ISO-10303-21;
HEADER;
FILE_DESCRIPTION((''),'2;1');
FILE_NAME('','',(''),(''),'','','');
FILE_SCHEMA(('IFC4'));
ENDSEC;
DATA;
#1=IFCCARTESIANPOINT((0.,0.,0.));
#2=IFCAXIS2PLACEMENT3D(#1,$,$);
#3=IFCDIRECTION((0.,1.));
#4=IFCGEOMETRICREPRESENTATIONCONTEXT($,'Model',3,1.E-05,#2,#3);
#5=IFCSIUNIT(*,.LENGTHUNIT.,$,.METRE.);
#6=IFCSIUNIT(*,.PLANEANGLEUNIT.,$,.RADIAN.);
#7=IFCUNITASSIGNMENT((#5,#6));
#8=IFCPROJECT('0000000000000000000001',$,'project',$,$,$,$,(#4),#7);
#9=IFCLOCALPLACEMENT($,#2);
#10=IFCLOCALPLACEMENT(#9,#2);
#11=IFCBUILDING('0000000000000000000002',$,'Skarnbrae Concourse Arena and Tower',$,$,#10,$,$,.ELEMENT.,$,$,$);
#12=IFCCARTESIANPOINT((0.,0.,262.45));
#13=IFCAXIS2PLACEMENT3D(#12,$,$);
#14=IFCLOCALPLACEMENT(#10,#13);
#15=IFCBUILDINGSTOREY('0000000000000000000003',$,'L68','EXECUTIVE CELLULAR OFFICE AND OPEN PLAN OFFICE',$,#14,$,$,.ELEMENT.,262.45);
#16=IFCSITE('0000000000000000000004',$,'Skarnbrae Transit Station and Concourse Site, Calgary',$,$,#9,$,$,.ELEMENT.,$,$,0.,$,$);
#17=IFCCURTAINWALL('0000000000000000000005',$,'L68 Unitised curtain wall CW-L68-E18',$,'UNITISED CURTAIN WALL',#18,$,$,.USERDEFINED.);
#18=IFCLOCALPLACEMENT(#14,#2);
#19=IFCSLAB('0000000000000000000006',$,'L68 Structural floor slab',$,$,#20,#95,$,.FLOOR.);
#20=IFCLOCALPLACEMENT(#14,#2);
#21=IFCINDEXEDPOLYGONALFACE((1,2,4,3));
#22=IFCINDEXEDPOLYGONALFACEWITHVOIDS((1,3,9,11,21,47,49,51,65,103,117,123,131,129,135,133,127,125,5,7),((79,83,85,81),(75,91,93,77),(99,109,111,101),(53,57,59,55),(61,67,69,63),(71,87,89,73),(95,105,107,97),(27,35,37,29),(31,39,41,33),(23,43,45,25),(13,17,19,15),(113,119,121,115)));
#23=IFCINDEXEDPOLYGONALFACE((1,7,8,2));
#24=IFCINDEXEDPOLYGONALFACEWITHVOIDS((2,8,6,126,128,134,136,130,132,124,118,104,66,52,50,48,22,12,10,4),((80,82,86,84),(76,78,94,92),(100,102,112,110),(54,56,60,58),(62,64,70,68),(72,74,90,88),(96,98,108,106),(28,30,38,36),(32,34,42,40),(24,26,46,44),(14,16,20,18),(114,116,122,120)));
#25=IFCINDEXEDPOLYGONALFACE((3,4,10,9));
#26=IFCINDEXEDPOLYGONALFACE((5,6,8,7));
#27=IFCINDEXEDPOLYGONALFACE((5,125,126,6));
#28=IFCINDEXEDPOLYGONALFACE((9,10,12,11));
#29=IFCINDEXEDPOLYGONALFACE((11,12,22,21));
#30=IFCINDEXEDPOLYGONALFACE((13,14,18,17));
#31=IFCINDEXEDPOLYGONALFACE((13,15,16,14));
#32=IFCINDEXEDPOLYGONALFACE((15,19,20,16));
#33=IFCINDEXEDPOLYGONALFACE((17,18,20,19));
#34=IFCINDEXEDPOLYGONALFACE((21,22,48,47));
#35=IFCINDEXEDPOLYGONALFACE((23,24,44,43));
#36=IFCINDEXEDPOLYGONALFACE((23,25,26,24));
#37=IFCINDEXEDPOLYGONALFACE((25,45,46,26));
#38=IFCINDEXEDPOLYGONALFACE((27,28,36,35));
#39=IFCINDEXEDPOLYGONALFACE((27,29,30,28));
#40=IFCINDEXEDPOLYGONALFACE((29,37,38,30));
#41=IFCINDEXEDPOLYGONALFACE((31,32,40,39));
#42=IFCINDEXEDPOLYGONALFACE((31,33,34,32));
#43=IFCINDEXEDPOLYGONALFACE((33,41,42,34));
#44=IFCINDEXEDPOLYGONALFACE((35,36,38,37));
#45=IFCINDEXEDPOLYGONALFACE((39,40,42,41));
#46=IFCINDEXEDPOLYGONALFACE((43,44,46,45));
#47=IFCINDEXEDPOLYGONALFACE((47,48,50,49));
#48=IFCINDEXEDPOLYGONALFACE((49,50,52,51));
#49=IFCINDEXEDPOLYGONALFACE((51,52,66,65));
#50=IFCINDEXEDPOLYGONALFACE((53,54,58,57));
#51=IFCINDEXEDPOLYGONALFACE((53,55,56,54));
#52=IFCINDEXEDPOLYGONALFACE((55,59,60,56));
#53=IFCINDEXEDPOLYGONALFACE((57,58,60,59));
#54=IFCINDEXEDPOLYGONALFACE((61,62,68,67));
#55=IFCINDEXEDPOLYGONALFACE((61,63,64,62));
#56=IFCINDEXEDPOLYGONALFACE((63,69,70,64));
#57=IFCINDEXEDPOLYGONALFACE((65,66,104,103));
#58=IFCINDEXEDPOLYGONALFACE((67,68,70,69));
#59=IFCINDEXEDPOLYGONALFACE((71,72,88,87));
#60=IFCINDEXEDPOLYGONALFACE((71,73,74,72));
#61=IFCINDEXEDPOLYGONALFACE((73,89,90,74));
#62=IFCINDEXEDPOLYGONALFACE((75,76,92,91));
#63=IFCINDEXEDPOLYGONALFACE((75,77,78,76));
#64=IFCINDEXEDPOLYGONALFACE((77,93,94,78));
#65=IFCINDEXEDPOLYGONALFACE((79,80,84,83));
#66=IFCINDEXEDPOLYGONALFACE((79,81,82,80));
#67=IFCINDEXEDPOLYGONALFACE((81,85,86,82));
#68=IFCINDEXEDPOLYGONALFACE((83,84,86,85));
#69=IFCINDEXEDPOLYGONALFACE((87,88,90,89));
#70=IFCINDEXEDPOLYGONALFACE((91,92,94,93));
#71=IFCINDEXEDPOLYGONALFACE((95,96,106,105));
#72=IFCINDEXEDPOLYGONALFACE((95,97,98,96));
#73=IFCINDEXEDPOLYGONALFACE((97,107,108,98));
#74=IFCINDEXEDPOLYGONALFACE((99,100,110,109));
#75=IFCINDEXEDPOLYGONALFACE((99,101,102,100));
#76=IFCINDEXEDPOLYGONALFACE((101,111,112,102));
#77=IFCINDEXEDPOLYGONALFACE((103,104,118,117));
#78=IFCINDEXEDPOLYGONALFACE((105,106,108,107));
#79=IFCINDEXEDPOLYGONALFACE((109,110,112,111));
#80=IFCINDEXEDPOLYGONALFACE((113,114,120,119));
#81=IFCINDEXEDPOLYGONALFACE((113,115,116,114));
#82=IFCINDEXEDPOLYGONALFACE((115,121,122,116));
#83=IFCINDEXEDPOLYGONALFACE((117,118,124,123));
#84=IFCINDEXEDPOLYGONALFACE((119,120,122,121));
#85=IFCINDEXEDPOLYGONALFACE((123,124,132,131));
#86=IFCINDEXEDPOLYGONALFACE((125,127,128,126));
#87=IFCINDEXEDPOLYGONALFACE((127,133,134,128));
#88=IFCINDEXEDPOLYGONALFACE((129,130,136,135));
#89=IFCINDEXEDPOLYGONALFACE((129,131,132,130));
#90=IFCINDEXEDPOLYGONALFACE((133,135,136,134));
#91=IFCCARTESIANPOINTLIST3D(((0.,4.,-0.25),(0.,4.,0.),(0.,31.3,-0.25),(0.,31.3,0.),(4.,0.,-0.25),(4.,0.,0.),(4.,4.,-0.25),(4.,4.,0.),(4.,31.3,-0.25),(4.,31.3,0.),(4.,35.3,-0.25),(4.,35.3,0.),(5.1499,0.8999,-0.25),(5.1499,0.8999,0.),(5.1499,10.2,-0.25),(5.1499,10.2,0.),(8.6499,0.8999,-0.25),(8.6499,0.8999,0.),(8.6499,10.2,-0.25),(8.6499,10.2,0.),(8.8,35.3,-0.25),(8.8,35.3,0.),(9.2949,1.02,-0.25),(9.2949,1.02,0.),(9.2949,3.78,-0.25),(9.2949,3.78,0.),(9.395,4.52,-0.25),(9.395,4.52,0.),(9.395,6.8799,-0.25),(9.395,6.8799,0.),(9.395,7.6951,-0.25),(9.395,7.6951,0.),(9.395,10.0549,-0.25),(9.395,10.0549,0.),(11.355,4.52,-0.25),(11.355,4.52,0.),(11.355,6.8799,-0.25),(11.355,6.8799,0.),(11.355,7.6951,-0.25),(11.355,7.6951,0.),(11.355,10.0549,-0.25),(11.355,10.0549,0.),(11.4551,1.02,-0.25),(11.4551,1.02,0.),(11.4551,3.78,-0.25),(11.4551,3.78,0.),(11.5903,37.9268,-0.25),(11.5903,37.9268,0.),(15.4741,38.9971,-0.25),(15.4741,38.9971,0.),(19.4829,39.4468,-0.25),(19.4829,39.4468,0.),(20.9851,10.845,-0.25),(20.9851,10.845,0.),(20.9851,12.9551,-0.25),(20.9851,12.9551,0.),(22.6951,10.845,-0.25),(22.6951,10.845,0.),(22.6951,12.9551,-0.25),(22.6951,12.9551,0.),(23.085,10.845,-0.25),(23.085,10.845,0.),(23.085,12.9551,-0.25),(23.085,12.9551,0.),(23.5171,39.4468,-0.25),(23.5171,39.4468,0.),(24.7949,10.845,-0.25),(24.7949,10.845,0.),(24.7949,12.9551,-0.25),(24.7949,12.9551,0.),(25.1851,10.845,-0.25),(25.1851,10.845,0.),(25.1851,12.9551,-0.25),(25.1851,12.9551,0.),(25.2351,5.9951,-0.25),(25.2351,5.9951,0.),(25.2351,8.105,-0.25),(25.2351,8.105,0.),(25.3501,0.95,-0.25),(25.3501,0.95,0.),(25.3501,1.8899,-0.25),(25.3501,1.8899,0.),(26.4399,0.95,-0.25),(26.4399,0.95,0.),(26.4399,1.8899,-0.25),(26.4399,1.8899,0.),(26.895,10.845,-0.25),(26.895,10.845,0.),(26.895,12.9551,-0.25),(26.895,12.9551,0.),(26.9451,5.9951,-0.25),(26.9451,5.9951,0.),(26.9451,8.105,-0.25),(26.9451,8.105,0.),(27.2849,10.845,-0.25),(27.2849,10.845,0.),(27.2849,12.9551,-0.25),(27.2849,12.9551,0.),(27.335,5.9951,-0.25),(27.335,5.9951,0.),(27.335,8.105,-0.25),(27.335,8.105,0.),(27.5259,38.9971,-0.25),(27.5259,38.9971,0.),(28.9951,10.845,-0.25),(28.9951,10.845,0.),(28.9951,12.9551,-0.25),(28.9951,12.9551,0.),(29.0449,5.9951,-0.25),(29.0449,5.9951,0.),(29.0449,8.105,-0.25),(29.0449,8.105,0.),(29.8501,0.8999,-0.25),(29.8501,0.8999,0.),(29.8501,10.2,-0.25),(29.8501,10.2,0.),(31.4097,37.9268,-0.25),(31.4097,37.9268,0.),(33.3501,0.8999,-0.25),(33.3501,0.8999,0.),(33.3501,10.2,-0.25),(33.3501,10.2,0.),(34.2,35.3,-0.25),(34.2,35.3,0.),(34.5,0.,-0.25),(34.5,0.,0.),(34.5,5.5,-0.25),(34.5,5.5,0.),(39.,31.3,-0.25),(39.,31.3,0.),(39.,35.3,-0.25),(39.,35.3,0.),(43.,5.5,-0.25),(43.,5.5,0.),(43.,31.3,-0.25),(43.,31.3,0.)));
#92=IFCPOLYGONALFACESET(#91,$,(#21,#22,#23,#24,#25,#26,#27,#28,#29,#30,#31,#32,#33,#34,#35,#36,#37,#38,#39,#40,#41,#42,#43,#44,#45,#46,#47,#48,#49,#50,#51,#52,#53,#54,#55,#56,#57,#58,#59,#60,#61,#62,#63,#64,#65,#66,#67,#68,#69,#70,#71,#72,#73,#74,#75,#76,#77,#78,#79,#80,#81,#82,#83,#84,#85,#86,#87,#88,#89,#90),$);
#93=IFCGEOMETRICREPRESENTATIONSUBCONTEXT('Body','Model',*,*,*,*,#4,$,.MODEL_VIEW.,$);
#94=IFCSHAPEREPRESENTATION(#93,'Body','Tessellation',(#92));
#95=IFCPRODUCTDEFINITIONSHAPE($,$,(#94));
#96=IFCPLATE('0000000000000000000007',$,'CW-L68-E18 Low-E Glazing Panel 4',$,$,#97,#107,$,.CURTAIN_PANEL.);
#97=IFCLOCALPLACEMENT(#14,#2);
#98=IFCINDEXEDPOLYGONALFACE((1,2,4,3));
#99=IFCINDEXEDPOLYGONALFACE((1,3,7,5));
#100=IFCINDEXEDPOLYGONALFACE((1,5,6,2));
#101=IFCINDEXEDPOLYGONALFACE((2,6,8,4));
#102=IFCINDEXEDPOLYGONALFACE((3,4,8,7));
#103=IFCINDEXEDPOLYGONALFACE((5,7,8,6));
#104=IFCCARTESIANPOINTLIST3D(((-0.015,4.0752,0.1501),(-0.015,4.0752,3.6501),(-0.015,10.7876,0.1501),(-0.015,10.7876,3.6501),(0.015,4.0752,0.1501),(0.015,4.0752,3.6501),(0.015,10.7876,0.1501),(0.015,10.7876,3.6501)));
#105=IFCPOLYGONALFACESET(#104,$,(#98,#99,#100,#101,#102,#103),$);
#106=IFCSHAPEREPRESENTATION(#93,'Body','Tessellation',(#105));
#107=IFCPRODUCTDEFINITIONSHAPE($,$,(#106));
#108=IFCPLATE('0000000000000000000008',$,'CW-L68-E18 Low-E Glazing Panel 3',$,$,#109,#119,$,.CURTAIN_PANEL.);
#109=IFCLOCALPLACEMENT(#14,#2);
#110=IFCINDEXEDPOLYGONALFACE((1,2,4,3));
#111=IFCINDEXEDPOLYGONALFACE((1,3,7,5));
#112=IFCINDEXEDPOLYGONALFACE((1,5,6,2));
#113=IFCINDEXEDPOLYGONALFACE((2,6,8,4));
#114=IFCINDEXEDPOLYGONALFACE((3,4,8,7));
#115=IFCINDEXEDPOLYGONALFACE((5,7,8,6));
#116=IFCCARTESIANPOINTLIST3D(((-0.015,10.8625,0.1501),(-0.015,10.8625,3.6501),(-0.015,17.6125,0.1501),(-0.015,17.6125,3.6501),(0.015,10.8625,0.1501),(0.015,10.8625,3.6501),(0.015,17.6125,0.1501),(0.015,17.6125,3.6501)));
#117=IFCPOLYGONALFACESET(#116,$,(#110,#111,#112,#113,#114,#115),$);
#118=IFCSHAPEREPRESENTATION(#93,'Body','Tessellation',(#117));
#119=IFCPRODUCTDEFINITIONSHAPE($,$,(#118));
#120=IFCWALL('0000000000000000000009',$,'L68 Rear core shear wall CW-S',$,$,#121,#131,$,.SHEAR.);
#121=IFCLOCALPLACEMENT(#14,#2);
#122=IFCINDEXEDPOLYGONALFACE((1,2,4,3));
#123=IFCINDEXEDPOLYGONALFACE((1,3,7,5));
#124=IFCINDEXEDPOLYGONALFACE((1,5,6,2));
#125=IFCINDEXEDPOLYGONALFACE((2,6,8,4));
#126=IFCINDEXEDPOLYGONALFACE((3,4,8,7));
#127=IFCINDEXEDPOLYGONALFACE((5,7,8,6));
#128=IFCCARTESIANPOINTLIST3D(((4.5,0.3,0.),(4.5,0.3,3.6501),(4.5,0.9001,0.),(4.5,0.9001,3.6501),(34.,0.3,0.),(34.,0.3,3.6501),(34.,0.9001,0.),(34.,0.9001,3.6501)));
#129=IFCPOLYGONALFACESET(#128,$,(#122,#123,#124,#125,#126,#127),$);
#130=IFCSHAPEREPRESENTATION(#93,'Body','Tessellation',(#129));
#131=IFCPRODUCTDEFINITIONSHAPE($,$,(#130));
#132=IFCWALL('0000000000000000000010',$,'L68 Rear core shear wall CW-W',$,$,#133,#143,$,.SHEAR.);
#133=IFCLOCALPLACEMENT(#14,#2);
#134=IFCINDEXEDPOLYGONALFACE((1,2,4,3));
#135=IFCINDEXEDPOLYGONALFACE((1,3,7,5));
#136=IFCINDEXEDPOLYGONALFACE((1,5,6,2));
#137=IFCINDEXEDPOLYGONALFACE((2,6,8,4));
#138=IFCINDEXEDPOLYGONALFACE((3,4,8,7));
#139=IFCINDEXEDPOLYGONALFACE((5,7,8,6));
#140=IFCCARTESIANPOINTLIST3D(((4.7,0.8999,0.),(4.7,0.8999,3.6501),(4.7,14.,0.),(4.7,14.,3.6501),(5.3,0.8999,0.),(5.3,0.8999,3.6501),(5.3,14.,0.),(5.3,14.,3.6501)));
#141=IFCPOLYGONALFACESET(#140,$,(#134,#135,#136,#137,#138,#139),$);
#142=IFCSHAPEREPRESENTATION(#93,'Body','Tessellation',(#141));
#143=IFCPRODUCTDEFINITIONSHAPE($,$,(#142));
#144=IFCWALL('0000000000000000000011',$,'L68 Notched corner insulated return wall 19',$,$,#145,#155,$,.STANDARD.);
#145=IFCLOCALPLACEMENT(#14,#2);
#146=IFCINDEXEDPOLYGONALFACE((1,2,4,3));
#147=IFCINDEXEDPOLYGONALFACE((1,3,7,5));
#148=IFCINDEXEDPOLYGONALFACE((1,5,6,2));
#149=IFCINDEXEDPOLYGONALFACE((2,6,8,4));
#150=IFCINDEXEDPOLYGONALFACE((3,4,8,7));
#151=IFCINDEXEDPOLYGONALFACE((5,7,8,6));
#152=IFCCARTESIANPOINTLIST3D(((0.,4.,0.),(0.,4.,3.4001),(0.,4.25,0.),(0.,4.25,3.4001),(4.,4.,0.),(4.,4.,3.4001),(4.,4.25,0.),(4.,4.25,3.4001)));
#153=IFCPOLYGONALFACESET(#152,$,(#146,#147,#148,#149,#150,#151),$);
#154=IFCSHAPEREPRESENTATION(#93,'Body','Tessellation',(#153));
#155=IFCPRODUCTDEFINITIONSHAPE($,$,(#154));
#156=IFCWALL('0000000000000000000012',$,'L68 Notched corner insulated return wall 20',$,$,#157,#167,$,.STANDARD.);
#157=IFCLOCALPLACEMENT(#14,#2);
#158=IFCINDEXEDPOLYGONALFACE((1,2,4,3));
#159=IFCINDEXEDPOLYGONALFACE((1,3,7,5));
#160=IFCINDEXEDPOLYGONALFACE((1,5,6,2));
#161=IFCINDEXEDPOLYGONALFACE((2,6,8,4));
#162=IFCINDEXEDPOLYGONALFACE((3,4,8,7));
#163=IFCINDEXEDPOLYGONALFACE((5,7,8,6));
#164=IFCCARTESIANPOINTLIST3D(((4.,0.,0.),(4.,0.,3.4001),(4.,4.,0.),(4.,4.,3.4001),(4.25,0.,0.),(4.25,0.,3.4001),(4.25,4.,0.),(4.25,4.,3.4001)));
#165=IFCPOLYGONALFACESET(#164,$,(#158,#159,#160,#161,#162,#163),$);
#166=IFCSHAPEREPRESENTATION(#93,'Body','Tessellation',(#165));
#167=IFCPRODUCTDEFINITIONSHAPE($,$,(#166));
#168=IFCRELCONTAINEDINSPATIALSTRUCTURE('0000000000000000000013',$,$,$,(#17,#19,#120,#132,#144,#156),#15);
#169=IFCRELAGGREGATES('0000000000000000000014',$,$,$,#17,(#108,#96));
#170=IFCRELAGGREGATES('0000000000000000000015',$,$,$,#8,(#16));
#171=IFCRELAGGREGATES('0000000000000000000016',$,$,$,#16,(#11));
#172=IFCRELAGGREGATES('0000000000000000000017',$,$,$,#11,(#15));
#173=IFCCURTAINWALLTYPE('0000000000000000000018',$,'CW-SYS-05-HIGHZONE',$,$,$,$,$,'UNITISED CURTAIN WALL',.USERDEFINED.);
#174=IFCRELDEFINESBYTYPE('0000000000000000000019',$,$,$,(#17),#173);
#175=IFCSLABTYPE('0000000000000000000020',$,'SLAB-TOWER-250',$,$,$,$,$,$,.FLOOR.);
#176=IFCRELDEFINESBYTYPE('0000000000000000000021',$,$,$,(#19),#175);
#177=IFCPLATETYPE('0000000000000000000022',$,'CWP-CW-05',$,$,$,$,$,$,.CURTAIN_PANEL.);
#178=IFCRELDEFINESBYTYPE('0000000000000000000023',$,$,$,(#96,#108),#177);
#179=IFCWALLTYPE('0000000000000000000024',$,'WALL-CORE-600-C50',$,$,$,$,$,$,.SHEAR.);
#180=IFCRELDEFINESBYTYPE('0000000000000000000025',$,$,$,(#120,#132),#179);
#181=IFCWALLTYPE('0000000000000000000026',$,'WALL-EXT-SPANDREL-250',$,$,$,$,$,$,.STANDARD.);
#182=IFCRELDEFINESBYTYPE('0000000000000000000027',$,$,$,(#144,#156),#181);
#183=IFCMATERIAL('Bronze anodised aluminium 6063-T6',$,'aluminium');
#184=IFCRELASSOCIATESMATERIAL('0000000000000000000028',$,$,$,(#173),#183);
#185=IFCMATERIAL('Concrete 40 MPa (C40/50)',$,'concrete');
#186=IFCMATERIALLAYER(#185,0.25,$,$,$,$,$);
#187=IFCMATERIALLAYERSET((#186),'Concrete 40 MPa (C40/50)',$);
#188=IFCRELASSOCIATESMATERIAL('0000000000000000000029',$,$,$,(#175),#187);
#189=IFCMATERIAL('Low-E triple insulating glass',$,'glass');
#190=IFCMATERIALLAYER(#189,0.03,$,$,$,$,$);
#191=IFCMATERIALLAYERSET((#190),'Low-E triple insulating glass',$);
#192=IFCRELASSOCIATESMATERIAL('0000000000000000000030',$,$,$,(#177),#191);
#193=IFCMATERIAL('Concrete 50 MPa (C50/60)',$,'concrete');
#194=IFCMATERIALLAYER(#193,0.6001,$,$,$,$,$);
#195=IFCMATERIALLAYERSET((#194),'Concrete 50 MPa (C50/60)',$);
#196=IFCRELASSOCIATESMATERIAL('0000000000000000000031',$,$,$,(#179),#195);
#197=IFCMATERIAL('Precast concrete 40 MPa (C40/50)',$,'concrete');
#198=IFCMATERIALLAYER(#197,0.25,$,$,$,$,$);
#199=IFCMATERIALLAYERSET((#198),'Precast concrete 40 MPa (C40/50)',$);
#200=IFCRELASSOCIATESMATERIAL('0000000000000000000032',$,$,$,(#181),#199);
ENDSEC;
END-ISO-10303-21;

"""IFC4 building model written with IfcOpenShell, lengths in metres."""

from ifc_helpers import new_model, si_unit, direction, frame, frame_2d, origin, origin_2d, place, context, subcontext, project, spatial, polyline, rectangle, outline, extrude, source, transform, mapped, material, layer, layer_set, type_object, element, aggregate, save


model = new_model("IFC4")

# Units and contexts
model_context = context("Model", 3, precision=1e-05, world=origin(), true_north=direction((0.0, 1.0)))
body_context = subcontext(model_context, "Body", "Model", "MODEL_VIEW")
ifc_project = project(units=[si_unit("LENGTHUNIT", "METRE"), si_unit("PLANEANGLEUNIT", "RADIAN")], contexts=[model_context])

# Site, building, storey
site_placement = place(None, origin())
site = spatial("IfcSite", under=ifc_project, at=site_placement, Name="Skarnbrae Transit Station and Concourse Site, Calgary", CompositionType="ELEMENT", RefElevation=0.0)
building_placement = place(site_placement, origin())
building = spatial("IfcBuilding", under=site, at=building_placement, Name="Skarnbrae Concourse Arena and Tower", CompositionType="ELEMENT")
storey_placement = place(building_placement, frame((0.0, 0.0, 262.45)))
storey = spatial("IfcBuildingStorey", under=building, at=storey_placement, Name="L68", Description="EXECUTIVE CELLULAR OFFICE AND OPEN PLAN OFFICE", CompositionType="ELEMENT", Elevation=262.45)

# Curtain wall
ifc_material_1 = material(Name="Bronze anodised aluminium 6063-T6", Category="aluminium")
curtain_wall_type = type_object("IfcCurtainWallType", Name="CW-SYS-05-HIGHZONE", ElementType="UNITISED CURTAIN WALL", PredefinedType="USERDEFINED", material=ifc_material_1)
curtain_wall_placement = place(storey_placement, origin())
curtain_wall = element("IfcCurtainWall", 1, at=curtain_wall_placement, inside=storey, type_object=curtain_wall_type, Name="L68 Unitised curtain wall CW-L68-E18", ObjectType="UNITISED CURTAIN WALL", PredefinedType="USERDEFINED")

# Shared definitions
ifc_material_2 = material(Name="Concrete 40 MPa (C40/50)", Category="concrete")

# Slab
ifc_layer_1 = layer(ifc_material_2, 0.25)
ifc_layer_set_1 = layer_set([ifc_layer_1], Name="Concrete 40 MPa (C40/50)")
slab_type_1 = type_object("IfcSlabType", Name="SLAB-TOWER-250", PredefinedType="FLOOR", material=ifc_layer_set_1)
slab_1_placement = place(storey_placement, frame((0.0, 0.0, -0.25)))
element("IfcSlab", 2, at=slab_1_placement, inside=storey, type_object=slab_type_1, Name="L68 Structural floor slab", PredefinedType="FLOOR", context=body_context, shape_type="SweptSolid", body=[
    extrude(outline(polyline([(4.0, 0.0), (34.5, 0.0), (34.5, 5.5), (43.0, 5.5), (43.0, 31.3), (39.0, 31.3), (39.0, 35.3), (34.2, 35.3), (31.4097, 37.9268), (27.5259, 38.9971), (23.5171, 39.4468), (19.4829, 39.4468), (15.4741, 38.9971), (11.5903, 37.9268), (8.8, 35.3), (4.0, 35.3), (4.0, 31.3), (0.0, 31.3), (0.0, 4.0), (4.0, 4.0), (4.0, 0.0)]), holes=[polyline([(9.2949, 1.02), (9.2949, 3.78), (11.4551, 3.78), (11.4551, 1.02), (9.2949, 1.02)]), polyline([(8.6499, 10.2), (8.6499, 0.8999), (5.1499, 0.8999), (5.1499, 10.2), (8.6499, 10.2)]), polyline([(9.395, 6.8799), (11.355, 6.8799), (11.355, 4.52), (9.395, 4.52), (9.395, 6.8799)]), polyline([(9.395, 7.6951), (9.395, 10.0549), (11.355, 10.0549), (11.355, 7.6951), (9.395, 7.6951)]), polyline([(20.9851, 12.9551), (22.6951, 12.9551), (22.6951, 10.845), (20.9851, 10.845), (20.9851, 12.9551)]), polyline([(23.085, 12.9551), (24.7949, 12.9551), (24.7949, 10.845), (23.085, 10.845), (23.085, 12.9551)]), polyline([(25.3501, 0.95), (25.3501, 1.8899), (26.4399, 1.8899), (26.4399, 0.95), (25.3501, 0.95)]), polyline([(33.3501, 10.2), (33.3501, 0.8999), (29.8501, 0.8999), (29.8501, 10.2), (33.3501, 10.2)]), polyline([(25.2351, 8.105), (26.9451, 8.105), (26.9451, 5.9951), (25.2351, 5.9951), (25.2351, 8.105)]), polyline([(27.335, 5.9951), (27.335, 8.105), (29.0449, 8.105), (29.0449, 5.9951), (27.335, 5.9951)]), polyline([(25.1851, 12.9551), (26.895, 12.9551), (26.895, 10.845), (25.1851, 10.845), (25.1851, 12.9551)]), polyline([(27.2849, 12.9551), (28.9951, 12.9551), (28.9951, 10.845), (27.2849, 10.845), (27.2849, 12.9551)])]), origin(), (0.0, 0.0, 1.0), 0.25),
])

# Plates
ifc_material_3 = material(Name="Low-E triple insulating glass", Category="glass")
ifc_layer_2 = layer(ifc_material_3, 0.03)
ifc_layer_set_2 = layer_set([ifc_layer_2], Name="Low-E triple insulating glass")
plate_type = type_object("IfcPlateType", Name="CWP-CW-05", PredefinedType="CURTAIN_PANEL", material=ifc_layer_set_2)
shared_shape_1 = source(origin(), body_context, "Body", "SweptSolid", [
    extrude(rectangle(XDim=6.7124, YDim=0.03, at=origin_2d()), origin(), (0.0, 0.0, 1.0), 3.5),
])
plate_1_placement = place(storey_placement, frame((0.0, 7.4314, 0.1501), z_axis=(0.0, 0.0, 1.0), x_axis=(0.0, -1.0, 0.0)))
plate_1 = element("IfcPlate", 3, at=plate_1_placement, type_object=plate_type, Name="CW-L68-E18 Low-E Glazing Panel 4", PredefinedType="CURTAIN_PANEL", context=body_context, shape_type="MappedRepresentation", body=[
    mapped(shared_shape_1, transform((0.0, 0.0, 0.0))),
])
shared_shape_2 = source(origin(), body_context, "Body", "SweptSolid", [
    extrude(rectangle(XDim=6.75, YDim=0.03, at=origin_2d()), origin(), (0.0, 0.0, 1.0), 3.5),
])
plate_2_placement = place(storey_placement, frame((0.0, 14.2375, 0.1501), z_axis=(0.0, 0.0, 1.0), x_axis=(0.0, -1.0, 0.0)))
plate_2 = element("IfcPlate", 4, at=plate_2_placement, type_object=plate_type, Name="CW-L68-E18 Low-E Glazing Panel 3", PredefinedType="CURTAIN_PANEL", context=body_context, shape_type="MappedRepresentation", body=[
    mapped(shared_shape_2, transform((0.0, 0.0, 0.0))),
])
aggregate(curtain_wall, [plate_2, plate_1])

# Shared definitions
ifc_material_4 = material(Name="Concrete 50 MPa (C50/60)", Category="concrete")

# Walls
ifc_layer_3 = layer(ifc_material_4, 0.6001)
ifc_layer_set_3 = layer_set([ifc_layer_3], Name="Concrete 50 MPa (C50/60)")
wall_type_1 = type_object("IfcWallType", Name="WALL-CORE-600-C50", PredefinedType="SHEAR", material=ifc_layer_set_3)
shared_shape_3 = source(origin(), body_context, "Body", "SweptSolid", [
    extrude(rectangle(XDim=29.5, YDim=0.6001, at=frame_2d((14.75, 0.0))), origin(), (0.0, 0.0, 1.0), 3.6501),
])
wall_1_placement = place(storey_placement, frame((4.5, 0.6001, 0.0), z_axis=(0.0, 0.0, 1.0), x_axis=(1.0, 0.0, 0.0)))
element("IfcWall", 5, at=wall_1_placement, inside=storey, type_object=wall_type_1, Name="L68 Rear core shear wall CW-S", PredefinedType="SHEAR", context=body_context, shape_type="MappedRepresentation", body=[
    mapped(shared_shape_3, transform((0.0, 0.0, 0.0))),
])
shared_shape_4 = source(origin(), body_context, "Body", "SweptSolid", [
    extrude(rectangle(XDim=13.1001, YDim=0.6001, at=frame_2d((6.55, 0.0))), origin(), (0.0, 0.0, 1.0), 3.6501),
])
wall_2_placement = place(storey_placement, frame((5.0, 0.8999, 0.0), z_axis=(0.0, 0.0, 1.0), x_axis=(0.0, 1.0, 0.0)))
element("IfcWall", 6, at=wall_2_placement, inside=storey, type_object=wall_type_1, Name="L68 Rear core shear wall CW-W", PredefinedType="SHEAR", context=body_context, shape_type="MappedRepresentation", body=[
    mapped(shared_shape_4, transform((0.0, 0.0, 0.0))),
])

# Walls
ifc_material_5 = material(Name="Precast concrete 40 MPa (C40/50)", Category="concrete")
ifc_layer_4 = layer(ifc_material_5, 0.25)
ifc_layer_set_4 = layer_set([ifc_layer_4], Name="Precast concrete 40 MPa (C40/50)")
wall_type_2 = type_object("IfcWallType", Name="WALL-EXT-SPANDREL-250", PredefinedType="STANDARD", material=ifc_layer_set_4)
shared_shape_5 = source(origin(), body_context, "Body", "SweptSolid", [
    extrude(rectangle(XDim=4.0, YDim=0.25, at=frame_2d((2.0, 0.0))), origin(), (0.0, 0.0, 1.0), 3.4001),
])
for number, where, z_axis, x_axis, name in (
    (7, (0.0, 4.125, 0.0), (0.0, 0.0, 1.0), (1.0, 0.0, 0.0), "L68 Notched corner insulated return wall 19"),
    (8, (4.125, 4.0, 0.0), (0.0, 0.0, 1.0), (0.0, -1.0, 0.0), "L68 Notched corner insulated return wall 20"),
):
    element("IfcWall", number, at=place(storey_placement, frame(where, z_axis=z_axis, x_axis=x_axis)), inside=storey, type_object=wall_type_2, Name=name, PredefinedType="STANDARD", context=body_context, shape_type="MappedRepresentation", body=[
        mapped(shared_shape_5, transform((0.0, 0.0, 0.0))),
    ])

save(model, "model.ifc")
